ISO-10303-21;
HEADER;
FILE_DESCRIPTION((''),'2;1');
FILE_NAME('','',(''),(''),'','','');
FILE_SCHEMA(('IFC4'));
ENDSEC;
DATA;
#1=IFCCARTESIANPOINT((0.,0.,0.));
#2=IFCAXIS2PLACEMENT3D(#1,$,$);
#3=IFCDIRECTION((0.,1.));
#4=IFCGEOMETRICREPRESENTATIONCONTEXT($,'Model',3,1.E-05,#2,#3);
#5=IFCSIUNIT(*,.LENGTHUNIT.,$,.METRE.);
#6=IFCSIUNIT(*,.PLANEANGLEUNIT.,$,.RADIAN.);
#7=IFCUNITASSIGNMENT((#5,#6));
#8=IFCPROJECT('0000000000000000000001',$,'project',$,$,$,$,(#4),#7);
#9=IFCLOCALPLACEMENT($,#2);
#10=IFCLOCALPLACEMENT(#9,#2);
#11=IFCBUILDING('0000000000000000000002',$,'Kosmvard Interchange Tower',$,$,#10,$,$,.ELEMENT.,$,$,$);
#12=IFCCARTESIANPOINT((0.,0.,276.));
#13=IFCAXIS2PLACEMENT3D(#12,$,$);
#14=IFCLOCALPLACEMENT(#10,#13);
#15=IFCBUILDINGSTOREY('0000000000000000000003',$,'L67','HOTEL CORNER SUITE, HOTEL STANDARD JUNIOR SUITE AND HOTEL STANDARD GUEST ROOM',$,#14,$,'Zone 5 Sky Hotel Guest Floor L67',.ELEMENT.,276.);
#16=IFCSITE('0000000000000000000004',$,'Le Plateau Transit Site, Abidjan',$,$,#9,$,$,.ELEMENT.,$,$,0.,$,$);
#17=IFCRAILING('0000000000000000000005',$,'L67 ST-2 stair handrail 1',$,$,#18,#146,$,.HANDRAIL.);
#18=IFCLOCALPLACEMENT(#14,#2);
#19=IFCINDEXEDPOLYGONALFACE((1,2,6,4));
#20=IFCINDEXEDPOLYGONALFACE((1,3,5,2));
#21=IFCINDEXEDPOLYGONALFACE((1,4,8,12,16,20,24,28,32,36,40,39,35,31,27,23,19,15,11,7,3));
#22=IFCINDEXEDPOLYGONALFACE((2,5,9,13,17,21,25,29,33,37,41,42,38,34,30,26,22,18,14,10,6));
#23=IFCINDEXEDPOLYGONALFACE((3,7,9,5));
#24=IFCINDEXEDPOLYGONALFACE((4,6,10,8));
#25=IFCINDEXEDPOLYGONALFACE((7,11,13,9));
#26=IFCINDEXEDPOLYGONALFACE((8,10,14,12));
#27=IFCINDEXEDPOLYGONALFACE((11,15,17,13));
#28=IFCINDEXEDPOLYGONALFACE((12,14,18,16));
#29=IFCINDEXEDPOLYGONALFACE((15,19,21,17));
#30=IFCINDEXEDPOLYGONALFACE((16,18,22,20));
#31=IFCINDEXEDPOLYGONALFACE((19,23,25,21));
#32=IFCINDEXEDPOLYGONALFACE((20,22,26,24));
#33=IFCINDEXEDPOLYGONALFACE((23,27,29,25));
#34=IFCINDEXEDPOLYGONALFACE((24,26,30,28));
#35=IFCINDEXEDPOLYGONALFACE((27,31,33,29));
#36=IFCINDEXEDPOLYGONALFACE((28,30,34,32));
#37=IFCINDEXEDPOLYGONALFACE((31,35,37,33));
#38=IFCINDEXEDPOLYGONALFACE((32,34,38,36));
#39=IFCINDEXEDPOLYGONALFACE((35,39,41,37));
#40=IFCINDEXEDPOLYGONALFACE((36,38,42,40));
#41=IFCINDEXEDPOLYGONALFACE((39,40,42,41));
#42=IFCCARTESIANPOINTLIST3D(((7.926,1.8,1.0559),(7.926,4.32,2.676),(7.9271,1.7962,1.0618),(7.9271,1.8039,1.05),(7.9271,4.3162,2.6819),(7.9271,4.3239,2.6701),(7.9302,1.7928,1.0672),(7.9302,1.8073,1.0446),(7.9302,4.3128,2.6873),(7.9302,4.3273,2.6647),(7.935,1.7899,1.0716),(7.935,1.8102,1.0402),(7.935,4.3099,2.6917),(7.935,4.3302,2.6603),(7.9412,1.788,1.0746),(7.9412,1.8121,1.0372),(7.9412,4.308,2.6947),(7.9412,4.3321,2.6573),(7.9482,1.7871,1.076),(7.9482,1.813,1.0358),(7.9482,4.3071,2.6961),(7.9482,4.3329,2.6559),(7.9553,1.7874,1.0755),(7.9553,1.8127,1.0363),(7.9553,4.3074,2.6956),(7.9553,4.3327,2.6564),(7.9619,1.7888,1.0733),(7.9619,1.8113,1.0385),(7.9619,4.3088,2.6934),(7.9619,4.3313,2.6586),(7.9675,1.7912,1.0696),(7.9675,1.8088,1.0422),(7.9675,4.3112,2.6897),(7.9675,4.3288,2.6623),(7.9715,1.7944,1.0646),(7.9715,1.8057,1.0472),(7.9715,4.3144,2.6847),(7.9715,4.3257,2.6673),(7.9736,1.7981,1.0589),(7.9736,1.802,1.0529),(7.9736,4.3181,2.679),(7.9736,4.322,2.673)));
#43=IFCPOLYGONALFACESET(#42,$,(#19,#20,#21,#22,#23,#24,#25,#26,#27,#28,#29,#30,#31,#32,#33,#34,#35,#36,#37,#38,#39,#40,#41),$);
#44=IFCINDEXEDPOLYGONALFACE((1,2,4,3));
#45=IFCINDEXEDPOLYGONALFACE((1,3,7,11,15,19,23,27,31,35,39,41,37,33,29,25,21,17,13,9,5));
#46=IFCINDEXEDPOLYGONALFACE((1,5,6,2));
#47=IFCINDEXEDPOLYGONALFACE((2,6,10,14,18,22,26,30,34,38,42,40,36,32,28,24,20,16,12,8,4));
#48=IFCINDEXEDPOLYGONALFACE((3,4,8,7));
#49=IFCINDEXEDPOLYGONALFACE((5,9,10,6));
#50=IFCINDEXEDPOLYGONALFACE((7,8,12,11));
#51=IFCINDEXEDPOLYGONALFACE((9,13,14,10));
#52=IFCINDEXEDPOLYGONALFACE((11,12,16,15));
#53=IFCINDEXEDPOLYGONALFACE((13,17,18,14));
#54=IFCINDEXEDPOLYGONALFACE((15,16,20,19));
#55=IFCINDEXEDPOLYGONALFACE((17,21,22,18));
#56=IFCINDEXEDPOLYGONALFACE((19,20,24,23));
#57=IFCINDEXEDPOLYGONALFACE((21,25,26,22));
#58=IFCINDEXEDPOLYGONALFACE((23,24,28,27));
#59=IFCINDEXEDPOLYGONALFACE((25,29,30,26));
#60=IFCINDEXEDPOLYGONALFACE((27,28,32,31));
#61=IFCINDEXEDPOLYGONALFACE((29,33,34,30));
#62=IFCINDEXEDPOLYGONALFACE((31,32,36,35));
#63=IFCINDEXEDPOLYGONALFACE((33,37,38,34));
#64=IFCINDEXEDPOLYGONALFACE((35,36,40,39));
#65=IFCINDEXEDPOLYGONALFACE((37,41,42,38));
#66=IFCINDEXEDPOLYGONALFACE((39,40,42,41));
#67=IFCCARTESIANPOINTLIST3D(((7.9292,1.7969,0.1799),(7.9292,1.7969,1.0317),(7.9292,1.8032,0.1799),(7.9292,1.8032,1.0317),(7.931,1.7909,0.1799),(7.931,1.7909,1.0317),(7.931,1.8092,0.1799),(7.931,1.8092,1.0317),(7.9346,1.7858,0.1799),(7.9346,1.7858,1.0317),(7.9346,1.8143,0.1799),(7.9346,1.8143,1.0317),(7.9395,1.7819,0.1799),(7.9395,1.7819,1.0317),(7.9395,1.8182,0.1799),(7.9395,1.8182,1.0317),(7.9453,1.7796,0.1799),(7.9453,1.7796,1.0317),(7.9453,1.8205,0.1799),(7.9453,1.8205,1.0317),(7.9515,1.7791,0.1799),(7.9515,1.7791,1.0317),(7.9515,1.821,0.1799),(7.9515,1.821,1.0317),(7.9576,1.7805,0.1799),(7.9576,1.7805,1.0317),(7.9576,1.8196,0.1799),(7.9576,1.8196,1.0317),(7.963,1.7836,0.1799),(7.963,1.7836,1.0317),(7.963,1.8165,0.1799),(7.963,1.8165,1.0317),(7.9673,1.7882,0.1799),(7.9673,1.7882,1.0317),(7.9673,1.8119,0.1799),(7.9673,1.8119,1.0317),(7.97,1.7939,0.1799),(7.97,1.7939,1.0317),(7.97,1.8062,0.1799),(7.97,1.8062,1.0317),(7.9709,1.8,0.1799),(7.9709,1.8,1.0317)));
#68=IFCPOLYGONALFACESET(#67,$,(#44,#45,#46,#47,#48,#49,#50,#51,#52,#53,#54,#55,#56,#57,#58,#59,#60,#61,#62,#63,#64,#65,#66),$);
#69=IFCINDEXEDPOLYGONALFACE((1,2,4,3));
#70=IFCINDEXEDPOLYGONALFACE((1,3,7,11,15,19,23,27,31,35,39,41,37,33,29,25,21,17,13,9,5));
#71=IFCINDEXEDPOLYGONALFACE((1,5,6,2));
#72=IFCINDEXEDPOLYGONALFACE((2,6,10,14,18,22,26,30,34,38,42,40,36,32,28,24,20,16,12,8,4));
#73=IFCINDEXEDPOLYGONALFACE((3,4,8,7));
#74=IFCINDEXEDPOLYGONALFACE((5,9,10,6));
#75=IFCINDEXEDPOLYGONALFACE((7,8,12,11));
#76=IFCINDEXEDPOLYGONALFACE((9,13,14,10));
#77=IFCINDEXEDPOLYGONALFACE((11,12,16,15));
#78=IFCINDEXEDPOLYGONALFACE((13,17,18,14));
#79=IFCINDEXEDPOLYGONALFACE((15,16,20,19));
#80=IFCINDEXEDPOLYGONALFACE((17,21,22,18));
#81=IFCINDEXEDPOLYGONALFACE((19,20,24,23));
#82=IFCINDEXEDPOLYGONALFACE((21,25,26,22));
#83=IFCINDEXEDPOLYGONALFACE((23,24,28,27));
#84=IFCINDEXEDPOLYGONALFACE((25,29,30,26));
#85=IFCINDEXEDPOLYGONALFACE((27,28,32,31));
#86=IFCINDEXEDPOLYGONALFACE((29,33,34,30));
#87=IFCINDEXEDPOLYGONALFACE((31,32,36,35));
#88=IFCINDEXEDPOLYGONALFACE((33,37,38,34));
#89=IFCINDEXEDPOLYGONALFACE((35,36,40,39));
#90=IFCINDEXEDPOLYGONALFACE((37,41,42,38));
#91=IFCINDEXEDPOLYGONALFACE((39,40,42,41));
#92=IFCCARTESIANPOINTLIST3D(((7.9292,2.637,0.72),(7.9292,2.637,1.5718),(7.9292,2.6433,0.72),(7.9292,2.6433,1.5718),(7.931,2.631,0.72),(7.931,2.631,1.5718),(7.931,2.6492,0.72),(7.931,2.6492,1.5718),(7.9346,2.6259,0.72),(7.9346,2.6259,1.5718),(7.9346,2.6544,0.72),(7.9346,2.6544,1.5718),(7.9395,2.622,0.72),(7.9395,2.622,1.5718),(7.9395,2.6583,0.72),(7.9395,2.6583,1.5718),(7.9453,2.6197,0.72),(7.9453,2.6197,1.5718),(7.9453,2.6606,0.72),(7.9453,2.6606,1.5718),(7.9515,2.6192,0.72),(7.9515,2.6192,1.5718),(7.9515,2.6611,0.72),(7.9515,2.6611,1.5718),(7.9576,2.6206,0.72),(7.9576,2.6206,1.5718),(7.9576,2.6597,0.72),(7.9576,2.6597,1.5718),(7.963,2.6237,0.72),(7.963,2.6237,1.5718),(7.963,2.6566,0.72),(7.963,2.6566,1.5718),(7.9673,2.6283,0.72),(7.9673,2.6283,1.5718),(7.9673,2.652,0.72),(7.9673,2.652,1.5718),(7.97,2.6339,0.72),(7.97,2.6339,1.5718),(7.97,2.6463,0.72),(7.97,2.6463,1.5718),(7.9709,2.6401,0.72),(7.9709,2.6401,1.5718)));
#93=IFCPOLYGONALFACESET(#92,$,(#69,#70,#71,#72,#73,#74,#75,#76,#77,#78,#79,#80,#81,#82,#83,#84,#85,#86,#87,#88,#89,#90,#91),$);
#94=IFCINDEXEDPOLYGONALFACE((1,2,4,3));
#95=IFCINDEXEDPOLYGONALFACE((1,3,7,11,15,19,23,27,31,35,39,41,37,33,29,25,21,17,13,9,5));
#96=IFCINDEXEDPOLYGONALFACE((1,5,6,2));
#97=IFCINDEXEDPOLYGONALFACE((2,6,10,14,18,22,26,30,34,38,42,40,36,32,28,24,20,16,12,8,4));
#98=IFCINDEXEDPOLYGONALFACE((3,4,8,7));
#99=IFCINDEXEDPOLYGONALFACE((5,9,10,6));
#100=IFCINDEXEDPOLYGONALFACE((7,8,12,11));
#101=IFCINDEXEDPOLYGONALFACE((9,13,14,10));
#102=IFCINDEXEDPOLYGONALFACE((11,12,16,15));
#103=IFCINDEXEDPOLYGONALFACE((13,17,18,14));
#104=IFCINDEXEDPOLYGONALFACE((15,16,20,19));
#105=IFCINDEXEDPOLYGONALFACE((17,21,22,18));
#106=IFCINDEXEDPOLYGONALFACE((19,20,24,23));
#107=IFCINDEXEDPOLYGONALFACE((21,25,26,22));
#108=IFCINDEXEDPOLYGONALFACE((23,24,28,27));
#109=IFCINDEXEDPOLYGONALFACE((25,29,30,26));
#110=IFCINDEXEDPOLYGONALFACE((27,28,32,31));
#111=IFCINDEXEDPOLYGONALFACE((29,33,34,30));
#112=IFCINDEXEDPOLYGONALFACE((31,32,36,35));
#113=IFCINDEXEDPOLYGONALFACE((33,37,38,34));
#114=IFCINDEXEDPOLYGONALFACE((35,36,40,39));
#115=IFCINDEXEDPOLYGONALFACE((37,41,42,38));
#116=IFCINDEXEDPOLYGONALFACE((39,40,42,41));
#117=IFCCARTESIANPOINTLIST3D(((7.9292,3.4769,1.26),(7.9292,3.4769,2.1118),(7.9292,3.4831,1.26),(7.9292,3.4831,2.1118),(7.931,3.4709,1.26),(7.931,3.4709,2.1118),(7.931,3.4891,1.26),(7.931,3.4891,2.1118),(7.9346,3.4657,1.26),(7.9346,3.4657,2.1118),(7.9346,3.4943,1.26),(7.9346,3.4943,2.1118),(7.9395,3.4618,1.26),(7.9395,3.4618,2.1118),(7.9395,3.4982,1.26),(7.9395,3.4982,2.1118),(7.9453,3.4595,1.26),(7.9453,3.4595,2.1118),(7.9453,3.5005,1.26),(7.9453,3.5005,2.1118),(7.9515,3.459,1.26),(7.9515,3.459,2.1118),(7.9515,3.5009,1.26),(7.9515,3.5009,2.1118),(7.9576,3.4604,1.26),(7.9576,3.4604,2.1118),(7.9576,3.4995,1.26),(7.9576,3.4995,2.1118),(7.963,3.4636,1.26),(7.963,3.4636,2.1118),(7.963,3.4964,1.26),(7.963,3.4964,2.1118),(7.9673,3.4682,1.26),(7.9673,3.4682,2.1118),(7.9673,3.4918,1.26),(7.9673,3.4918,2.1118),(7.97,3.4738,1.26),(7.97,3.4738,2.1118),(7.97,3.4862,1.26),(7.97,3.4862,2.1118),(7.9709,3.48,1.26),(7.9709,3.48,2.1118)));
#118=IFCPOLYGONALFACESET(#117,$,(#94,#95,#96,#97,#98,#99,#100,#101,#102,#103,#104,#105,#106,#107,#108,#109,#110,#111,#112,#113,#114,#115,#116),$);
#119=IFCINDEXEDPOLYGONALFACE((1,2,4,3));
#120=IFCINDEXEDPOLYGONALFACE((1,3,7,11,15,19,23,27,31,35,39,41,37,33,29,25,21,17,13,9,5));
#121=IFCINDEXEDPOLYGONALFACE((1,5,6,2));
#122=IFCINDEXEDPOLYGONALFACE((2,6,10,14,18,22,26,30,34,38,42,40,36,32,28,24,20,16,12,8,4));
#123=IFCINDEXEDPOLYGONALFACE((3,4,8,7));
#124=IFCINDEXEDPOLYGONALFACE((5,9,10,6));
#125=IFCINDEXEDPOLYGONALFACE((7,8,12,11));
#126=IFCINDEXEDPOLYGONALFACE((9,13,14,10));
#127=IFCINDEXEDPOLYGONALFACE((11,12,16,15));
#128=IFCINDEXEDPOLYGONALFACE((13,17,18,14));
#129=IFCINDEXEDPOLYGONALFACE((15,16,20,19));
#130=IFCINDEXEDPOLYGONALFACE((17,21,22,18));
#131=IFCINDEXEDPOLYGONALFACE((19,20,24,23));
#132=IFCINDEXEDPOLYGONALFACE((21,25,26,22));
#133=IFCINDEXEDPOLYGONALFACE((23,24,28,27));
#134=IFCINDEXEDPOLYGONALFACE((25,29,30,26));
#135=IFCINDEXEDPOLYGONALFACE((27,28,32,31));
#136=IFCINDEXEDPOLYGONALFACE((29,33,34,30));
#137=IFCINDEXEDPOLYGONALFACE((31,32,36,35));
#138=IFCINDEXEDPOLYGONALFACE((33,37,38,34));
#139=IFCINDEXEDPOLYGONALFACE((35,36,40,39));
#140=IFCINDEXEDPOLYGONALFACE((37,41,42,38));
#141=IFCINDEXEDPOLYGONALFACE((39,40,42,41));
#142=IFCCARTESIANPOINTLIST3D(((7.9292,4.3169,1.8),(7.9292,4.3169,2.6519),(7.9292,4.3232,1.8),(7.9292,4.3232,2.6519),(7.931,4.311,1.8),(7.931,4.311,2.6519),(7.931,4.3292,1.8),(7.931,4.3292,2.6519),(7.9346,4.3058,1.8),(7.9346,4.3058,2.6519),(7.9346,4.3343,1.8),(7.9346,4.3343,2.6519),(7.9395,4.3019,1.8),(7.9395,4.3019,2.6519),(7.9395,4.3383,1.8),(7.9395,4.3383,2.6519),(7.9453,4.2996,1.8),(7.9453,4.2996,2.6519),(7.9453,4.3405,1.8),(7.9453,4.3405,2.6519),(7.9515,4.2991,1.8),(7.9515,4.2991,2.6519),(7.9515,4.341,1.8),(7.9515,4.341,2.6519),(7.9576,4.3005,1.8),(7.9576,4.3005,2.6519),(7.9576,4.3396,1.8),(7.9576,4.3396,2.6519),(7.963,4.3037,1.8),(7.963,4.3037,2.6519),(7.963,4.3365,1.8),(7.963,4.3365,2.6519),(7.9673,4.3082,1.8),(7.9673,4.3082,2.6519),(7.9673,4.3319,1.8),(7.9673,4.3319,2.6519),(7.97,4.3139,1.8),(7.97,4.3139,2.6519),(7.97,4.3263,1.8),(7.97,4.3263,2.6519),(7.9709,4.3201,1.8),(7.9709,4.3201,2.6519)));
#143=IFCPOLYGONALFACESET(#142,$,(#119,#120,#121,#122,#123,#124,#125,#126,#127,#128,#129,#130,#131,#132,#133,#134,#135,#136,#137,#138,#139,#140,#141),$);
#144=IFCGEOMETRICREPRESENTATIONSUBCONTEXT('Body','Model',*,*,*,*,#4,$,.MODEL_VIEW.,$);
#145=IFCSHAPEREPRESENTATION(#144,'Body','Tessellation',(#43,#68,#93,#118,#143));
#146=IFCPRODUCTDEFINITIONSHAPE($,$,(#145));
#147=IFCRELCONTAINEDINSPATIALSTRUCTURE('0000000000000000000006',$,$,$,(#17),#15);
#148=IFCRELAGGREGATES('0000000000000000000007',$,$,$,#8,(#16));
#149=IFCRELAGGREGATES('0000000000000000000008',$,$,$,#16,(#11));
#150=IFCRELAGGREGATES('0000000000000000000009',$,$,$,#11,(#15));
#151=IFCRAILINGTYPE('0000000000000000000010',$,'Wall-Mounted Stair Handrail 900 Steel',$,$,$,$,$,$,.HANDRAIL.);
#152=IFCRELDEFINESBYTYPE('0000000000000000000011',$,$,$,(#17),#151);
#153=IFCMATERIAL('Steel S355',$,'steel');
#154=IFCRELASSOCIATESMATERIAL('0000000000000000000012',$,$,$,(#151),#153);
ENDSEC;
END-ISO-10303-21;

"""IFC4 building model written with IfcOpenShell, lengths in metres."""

from ifc_helpers import new_model, si_unit, direction, frame, origin, origin_2d, place, context, subcontext, project, spatial, circle, extrude, source, transform, mapped, material, type_object, element, save


model = new_model("IFC4")

# Units and contexts
model_context = context("Model", 3, precision=1e-05, world=origin(), true_north=direction((0.0, 1.0)))
body_context = subcontext(model_context, "Body", "Model", "MODEL_VIEW")
ifc_project = project(units=[si_unit("LENGTHUNIT", "METRE"), si_unit("PLANEANGLEUNIT", "RADIAN")], contexts=[model_context])

# Site, building, storey
site_placement = place(None, origin())
site = spatial("IfcSite", under=ifc_project, at=site_placement, Name="Le Plateau Transit Site, Abidjan", CompositionType="ELEMENT", RefElevation=0.0)
building_placement = place(site_placement, origin())
building = spatial("IfcBuilding", under=site, at=building_placement, Name="Kosmvard Interchange Tower", CompositionType="ELEMENT")
storey_placement = place(building_placement, frame((0.0, 0.0, 276.0)))
storey = spatial("IfcBuildingStorey", under=building, at=storey_placement, Name="L67", Description="HOTEL CORNER SUITE, HOTEL STANDARD JUNIOR SUITE AND HOTEL STANDARD GUEST ROOM", LongName="Zone 5 Sky Hotel Guest Floor L67", CompositionType="ELEMENT", Elevation=276.0)

# Shared definitions
ifc_material_1 = material(Name="Steel S355", Category="steel")

# Railing
railing_type_1 = type_object("IfcRailingType", Name="Wall-Mounted Stair Handrail 900 Steel", PredefinedType="HANDRAIL", material=ifc_material_1)
shared_shape_1 = source(origin(), body_context, "Body", "SweptSolid", [
    extrude(circle(Radius=0.0239, at=origin_2d()), frame((0.0, 0.0, 0.876), z_axis=(0.0, 0.841163, 0.540782), x_axis=(-1.0, 0.0, 0.0)), (0.0, 0.0, 1.0), 2.9958),
    extrude(circle(Radius=0.021, at=origin_2d()), origin(), (0.0, 0.0, 1.0), 0.8518),
    extrude(circle(Radius=0.021, at=origin_2d()), frame((0.0, 0.8401, 0.54)), (0.0, 0.0, 1.0), 0.8518),
    extrude(circle(Radius=0.021, at=origin_2d()), frame((0.0, 1.6799, 1.0801)), (0.0, 0.0, 1.0), 0.8518),
    extrude(circle(Radius=0.021, at=origin_2d()), frame((0.0, 2.52, 1.6201)), (0.0, 0.0, 1.0), 0.8518),
])
railing_1_placement = place(storey_placement, frame((7.95, 1.8, 0.1799)))
element("IfcRailing", 1, at=railing_1_placement, inside=storey, type_object=railing_type_1, Name="L67 ST-2 stair handrail 1", PredefinedType="HANDRAIL", context=body_context, shape_type="MappedRepresentation", body=[
    mapped(shared_shape_1, transform((0.0, 0.0, 0.0), scale=1.0)),
])

save(model, "model.ifc")
